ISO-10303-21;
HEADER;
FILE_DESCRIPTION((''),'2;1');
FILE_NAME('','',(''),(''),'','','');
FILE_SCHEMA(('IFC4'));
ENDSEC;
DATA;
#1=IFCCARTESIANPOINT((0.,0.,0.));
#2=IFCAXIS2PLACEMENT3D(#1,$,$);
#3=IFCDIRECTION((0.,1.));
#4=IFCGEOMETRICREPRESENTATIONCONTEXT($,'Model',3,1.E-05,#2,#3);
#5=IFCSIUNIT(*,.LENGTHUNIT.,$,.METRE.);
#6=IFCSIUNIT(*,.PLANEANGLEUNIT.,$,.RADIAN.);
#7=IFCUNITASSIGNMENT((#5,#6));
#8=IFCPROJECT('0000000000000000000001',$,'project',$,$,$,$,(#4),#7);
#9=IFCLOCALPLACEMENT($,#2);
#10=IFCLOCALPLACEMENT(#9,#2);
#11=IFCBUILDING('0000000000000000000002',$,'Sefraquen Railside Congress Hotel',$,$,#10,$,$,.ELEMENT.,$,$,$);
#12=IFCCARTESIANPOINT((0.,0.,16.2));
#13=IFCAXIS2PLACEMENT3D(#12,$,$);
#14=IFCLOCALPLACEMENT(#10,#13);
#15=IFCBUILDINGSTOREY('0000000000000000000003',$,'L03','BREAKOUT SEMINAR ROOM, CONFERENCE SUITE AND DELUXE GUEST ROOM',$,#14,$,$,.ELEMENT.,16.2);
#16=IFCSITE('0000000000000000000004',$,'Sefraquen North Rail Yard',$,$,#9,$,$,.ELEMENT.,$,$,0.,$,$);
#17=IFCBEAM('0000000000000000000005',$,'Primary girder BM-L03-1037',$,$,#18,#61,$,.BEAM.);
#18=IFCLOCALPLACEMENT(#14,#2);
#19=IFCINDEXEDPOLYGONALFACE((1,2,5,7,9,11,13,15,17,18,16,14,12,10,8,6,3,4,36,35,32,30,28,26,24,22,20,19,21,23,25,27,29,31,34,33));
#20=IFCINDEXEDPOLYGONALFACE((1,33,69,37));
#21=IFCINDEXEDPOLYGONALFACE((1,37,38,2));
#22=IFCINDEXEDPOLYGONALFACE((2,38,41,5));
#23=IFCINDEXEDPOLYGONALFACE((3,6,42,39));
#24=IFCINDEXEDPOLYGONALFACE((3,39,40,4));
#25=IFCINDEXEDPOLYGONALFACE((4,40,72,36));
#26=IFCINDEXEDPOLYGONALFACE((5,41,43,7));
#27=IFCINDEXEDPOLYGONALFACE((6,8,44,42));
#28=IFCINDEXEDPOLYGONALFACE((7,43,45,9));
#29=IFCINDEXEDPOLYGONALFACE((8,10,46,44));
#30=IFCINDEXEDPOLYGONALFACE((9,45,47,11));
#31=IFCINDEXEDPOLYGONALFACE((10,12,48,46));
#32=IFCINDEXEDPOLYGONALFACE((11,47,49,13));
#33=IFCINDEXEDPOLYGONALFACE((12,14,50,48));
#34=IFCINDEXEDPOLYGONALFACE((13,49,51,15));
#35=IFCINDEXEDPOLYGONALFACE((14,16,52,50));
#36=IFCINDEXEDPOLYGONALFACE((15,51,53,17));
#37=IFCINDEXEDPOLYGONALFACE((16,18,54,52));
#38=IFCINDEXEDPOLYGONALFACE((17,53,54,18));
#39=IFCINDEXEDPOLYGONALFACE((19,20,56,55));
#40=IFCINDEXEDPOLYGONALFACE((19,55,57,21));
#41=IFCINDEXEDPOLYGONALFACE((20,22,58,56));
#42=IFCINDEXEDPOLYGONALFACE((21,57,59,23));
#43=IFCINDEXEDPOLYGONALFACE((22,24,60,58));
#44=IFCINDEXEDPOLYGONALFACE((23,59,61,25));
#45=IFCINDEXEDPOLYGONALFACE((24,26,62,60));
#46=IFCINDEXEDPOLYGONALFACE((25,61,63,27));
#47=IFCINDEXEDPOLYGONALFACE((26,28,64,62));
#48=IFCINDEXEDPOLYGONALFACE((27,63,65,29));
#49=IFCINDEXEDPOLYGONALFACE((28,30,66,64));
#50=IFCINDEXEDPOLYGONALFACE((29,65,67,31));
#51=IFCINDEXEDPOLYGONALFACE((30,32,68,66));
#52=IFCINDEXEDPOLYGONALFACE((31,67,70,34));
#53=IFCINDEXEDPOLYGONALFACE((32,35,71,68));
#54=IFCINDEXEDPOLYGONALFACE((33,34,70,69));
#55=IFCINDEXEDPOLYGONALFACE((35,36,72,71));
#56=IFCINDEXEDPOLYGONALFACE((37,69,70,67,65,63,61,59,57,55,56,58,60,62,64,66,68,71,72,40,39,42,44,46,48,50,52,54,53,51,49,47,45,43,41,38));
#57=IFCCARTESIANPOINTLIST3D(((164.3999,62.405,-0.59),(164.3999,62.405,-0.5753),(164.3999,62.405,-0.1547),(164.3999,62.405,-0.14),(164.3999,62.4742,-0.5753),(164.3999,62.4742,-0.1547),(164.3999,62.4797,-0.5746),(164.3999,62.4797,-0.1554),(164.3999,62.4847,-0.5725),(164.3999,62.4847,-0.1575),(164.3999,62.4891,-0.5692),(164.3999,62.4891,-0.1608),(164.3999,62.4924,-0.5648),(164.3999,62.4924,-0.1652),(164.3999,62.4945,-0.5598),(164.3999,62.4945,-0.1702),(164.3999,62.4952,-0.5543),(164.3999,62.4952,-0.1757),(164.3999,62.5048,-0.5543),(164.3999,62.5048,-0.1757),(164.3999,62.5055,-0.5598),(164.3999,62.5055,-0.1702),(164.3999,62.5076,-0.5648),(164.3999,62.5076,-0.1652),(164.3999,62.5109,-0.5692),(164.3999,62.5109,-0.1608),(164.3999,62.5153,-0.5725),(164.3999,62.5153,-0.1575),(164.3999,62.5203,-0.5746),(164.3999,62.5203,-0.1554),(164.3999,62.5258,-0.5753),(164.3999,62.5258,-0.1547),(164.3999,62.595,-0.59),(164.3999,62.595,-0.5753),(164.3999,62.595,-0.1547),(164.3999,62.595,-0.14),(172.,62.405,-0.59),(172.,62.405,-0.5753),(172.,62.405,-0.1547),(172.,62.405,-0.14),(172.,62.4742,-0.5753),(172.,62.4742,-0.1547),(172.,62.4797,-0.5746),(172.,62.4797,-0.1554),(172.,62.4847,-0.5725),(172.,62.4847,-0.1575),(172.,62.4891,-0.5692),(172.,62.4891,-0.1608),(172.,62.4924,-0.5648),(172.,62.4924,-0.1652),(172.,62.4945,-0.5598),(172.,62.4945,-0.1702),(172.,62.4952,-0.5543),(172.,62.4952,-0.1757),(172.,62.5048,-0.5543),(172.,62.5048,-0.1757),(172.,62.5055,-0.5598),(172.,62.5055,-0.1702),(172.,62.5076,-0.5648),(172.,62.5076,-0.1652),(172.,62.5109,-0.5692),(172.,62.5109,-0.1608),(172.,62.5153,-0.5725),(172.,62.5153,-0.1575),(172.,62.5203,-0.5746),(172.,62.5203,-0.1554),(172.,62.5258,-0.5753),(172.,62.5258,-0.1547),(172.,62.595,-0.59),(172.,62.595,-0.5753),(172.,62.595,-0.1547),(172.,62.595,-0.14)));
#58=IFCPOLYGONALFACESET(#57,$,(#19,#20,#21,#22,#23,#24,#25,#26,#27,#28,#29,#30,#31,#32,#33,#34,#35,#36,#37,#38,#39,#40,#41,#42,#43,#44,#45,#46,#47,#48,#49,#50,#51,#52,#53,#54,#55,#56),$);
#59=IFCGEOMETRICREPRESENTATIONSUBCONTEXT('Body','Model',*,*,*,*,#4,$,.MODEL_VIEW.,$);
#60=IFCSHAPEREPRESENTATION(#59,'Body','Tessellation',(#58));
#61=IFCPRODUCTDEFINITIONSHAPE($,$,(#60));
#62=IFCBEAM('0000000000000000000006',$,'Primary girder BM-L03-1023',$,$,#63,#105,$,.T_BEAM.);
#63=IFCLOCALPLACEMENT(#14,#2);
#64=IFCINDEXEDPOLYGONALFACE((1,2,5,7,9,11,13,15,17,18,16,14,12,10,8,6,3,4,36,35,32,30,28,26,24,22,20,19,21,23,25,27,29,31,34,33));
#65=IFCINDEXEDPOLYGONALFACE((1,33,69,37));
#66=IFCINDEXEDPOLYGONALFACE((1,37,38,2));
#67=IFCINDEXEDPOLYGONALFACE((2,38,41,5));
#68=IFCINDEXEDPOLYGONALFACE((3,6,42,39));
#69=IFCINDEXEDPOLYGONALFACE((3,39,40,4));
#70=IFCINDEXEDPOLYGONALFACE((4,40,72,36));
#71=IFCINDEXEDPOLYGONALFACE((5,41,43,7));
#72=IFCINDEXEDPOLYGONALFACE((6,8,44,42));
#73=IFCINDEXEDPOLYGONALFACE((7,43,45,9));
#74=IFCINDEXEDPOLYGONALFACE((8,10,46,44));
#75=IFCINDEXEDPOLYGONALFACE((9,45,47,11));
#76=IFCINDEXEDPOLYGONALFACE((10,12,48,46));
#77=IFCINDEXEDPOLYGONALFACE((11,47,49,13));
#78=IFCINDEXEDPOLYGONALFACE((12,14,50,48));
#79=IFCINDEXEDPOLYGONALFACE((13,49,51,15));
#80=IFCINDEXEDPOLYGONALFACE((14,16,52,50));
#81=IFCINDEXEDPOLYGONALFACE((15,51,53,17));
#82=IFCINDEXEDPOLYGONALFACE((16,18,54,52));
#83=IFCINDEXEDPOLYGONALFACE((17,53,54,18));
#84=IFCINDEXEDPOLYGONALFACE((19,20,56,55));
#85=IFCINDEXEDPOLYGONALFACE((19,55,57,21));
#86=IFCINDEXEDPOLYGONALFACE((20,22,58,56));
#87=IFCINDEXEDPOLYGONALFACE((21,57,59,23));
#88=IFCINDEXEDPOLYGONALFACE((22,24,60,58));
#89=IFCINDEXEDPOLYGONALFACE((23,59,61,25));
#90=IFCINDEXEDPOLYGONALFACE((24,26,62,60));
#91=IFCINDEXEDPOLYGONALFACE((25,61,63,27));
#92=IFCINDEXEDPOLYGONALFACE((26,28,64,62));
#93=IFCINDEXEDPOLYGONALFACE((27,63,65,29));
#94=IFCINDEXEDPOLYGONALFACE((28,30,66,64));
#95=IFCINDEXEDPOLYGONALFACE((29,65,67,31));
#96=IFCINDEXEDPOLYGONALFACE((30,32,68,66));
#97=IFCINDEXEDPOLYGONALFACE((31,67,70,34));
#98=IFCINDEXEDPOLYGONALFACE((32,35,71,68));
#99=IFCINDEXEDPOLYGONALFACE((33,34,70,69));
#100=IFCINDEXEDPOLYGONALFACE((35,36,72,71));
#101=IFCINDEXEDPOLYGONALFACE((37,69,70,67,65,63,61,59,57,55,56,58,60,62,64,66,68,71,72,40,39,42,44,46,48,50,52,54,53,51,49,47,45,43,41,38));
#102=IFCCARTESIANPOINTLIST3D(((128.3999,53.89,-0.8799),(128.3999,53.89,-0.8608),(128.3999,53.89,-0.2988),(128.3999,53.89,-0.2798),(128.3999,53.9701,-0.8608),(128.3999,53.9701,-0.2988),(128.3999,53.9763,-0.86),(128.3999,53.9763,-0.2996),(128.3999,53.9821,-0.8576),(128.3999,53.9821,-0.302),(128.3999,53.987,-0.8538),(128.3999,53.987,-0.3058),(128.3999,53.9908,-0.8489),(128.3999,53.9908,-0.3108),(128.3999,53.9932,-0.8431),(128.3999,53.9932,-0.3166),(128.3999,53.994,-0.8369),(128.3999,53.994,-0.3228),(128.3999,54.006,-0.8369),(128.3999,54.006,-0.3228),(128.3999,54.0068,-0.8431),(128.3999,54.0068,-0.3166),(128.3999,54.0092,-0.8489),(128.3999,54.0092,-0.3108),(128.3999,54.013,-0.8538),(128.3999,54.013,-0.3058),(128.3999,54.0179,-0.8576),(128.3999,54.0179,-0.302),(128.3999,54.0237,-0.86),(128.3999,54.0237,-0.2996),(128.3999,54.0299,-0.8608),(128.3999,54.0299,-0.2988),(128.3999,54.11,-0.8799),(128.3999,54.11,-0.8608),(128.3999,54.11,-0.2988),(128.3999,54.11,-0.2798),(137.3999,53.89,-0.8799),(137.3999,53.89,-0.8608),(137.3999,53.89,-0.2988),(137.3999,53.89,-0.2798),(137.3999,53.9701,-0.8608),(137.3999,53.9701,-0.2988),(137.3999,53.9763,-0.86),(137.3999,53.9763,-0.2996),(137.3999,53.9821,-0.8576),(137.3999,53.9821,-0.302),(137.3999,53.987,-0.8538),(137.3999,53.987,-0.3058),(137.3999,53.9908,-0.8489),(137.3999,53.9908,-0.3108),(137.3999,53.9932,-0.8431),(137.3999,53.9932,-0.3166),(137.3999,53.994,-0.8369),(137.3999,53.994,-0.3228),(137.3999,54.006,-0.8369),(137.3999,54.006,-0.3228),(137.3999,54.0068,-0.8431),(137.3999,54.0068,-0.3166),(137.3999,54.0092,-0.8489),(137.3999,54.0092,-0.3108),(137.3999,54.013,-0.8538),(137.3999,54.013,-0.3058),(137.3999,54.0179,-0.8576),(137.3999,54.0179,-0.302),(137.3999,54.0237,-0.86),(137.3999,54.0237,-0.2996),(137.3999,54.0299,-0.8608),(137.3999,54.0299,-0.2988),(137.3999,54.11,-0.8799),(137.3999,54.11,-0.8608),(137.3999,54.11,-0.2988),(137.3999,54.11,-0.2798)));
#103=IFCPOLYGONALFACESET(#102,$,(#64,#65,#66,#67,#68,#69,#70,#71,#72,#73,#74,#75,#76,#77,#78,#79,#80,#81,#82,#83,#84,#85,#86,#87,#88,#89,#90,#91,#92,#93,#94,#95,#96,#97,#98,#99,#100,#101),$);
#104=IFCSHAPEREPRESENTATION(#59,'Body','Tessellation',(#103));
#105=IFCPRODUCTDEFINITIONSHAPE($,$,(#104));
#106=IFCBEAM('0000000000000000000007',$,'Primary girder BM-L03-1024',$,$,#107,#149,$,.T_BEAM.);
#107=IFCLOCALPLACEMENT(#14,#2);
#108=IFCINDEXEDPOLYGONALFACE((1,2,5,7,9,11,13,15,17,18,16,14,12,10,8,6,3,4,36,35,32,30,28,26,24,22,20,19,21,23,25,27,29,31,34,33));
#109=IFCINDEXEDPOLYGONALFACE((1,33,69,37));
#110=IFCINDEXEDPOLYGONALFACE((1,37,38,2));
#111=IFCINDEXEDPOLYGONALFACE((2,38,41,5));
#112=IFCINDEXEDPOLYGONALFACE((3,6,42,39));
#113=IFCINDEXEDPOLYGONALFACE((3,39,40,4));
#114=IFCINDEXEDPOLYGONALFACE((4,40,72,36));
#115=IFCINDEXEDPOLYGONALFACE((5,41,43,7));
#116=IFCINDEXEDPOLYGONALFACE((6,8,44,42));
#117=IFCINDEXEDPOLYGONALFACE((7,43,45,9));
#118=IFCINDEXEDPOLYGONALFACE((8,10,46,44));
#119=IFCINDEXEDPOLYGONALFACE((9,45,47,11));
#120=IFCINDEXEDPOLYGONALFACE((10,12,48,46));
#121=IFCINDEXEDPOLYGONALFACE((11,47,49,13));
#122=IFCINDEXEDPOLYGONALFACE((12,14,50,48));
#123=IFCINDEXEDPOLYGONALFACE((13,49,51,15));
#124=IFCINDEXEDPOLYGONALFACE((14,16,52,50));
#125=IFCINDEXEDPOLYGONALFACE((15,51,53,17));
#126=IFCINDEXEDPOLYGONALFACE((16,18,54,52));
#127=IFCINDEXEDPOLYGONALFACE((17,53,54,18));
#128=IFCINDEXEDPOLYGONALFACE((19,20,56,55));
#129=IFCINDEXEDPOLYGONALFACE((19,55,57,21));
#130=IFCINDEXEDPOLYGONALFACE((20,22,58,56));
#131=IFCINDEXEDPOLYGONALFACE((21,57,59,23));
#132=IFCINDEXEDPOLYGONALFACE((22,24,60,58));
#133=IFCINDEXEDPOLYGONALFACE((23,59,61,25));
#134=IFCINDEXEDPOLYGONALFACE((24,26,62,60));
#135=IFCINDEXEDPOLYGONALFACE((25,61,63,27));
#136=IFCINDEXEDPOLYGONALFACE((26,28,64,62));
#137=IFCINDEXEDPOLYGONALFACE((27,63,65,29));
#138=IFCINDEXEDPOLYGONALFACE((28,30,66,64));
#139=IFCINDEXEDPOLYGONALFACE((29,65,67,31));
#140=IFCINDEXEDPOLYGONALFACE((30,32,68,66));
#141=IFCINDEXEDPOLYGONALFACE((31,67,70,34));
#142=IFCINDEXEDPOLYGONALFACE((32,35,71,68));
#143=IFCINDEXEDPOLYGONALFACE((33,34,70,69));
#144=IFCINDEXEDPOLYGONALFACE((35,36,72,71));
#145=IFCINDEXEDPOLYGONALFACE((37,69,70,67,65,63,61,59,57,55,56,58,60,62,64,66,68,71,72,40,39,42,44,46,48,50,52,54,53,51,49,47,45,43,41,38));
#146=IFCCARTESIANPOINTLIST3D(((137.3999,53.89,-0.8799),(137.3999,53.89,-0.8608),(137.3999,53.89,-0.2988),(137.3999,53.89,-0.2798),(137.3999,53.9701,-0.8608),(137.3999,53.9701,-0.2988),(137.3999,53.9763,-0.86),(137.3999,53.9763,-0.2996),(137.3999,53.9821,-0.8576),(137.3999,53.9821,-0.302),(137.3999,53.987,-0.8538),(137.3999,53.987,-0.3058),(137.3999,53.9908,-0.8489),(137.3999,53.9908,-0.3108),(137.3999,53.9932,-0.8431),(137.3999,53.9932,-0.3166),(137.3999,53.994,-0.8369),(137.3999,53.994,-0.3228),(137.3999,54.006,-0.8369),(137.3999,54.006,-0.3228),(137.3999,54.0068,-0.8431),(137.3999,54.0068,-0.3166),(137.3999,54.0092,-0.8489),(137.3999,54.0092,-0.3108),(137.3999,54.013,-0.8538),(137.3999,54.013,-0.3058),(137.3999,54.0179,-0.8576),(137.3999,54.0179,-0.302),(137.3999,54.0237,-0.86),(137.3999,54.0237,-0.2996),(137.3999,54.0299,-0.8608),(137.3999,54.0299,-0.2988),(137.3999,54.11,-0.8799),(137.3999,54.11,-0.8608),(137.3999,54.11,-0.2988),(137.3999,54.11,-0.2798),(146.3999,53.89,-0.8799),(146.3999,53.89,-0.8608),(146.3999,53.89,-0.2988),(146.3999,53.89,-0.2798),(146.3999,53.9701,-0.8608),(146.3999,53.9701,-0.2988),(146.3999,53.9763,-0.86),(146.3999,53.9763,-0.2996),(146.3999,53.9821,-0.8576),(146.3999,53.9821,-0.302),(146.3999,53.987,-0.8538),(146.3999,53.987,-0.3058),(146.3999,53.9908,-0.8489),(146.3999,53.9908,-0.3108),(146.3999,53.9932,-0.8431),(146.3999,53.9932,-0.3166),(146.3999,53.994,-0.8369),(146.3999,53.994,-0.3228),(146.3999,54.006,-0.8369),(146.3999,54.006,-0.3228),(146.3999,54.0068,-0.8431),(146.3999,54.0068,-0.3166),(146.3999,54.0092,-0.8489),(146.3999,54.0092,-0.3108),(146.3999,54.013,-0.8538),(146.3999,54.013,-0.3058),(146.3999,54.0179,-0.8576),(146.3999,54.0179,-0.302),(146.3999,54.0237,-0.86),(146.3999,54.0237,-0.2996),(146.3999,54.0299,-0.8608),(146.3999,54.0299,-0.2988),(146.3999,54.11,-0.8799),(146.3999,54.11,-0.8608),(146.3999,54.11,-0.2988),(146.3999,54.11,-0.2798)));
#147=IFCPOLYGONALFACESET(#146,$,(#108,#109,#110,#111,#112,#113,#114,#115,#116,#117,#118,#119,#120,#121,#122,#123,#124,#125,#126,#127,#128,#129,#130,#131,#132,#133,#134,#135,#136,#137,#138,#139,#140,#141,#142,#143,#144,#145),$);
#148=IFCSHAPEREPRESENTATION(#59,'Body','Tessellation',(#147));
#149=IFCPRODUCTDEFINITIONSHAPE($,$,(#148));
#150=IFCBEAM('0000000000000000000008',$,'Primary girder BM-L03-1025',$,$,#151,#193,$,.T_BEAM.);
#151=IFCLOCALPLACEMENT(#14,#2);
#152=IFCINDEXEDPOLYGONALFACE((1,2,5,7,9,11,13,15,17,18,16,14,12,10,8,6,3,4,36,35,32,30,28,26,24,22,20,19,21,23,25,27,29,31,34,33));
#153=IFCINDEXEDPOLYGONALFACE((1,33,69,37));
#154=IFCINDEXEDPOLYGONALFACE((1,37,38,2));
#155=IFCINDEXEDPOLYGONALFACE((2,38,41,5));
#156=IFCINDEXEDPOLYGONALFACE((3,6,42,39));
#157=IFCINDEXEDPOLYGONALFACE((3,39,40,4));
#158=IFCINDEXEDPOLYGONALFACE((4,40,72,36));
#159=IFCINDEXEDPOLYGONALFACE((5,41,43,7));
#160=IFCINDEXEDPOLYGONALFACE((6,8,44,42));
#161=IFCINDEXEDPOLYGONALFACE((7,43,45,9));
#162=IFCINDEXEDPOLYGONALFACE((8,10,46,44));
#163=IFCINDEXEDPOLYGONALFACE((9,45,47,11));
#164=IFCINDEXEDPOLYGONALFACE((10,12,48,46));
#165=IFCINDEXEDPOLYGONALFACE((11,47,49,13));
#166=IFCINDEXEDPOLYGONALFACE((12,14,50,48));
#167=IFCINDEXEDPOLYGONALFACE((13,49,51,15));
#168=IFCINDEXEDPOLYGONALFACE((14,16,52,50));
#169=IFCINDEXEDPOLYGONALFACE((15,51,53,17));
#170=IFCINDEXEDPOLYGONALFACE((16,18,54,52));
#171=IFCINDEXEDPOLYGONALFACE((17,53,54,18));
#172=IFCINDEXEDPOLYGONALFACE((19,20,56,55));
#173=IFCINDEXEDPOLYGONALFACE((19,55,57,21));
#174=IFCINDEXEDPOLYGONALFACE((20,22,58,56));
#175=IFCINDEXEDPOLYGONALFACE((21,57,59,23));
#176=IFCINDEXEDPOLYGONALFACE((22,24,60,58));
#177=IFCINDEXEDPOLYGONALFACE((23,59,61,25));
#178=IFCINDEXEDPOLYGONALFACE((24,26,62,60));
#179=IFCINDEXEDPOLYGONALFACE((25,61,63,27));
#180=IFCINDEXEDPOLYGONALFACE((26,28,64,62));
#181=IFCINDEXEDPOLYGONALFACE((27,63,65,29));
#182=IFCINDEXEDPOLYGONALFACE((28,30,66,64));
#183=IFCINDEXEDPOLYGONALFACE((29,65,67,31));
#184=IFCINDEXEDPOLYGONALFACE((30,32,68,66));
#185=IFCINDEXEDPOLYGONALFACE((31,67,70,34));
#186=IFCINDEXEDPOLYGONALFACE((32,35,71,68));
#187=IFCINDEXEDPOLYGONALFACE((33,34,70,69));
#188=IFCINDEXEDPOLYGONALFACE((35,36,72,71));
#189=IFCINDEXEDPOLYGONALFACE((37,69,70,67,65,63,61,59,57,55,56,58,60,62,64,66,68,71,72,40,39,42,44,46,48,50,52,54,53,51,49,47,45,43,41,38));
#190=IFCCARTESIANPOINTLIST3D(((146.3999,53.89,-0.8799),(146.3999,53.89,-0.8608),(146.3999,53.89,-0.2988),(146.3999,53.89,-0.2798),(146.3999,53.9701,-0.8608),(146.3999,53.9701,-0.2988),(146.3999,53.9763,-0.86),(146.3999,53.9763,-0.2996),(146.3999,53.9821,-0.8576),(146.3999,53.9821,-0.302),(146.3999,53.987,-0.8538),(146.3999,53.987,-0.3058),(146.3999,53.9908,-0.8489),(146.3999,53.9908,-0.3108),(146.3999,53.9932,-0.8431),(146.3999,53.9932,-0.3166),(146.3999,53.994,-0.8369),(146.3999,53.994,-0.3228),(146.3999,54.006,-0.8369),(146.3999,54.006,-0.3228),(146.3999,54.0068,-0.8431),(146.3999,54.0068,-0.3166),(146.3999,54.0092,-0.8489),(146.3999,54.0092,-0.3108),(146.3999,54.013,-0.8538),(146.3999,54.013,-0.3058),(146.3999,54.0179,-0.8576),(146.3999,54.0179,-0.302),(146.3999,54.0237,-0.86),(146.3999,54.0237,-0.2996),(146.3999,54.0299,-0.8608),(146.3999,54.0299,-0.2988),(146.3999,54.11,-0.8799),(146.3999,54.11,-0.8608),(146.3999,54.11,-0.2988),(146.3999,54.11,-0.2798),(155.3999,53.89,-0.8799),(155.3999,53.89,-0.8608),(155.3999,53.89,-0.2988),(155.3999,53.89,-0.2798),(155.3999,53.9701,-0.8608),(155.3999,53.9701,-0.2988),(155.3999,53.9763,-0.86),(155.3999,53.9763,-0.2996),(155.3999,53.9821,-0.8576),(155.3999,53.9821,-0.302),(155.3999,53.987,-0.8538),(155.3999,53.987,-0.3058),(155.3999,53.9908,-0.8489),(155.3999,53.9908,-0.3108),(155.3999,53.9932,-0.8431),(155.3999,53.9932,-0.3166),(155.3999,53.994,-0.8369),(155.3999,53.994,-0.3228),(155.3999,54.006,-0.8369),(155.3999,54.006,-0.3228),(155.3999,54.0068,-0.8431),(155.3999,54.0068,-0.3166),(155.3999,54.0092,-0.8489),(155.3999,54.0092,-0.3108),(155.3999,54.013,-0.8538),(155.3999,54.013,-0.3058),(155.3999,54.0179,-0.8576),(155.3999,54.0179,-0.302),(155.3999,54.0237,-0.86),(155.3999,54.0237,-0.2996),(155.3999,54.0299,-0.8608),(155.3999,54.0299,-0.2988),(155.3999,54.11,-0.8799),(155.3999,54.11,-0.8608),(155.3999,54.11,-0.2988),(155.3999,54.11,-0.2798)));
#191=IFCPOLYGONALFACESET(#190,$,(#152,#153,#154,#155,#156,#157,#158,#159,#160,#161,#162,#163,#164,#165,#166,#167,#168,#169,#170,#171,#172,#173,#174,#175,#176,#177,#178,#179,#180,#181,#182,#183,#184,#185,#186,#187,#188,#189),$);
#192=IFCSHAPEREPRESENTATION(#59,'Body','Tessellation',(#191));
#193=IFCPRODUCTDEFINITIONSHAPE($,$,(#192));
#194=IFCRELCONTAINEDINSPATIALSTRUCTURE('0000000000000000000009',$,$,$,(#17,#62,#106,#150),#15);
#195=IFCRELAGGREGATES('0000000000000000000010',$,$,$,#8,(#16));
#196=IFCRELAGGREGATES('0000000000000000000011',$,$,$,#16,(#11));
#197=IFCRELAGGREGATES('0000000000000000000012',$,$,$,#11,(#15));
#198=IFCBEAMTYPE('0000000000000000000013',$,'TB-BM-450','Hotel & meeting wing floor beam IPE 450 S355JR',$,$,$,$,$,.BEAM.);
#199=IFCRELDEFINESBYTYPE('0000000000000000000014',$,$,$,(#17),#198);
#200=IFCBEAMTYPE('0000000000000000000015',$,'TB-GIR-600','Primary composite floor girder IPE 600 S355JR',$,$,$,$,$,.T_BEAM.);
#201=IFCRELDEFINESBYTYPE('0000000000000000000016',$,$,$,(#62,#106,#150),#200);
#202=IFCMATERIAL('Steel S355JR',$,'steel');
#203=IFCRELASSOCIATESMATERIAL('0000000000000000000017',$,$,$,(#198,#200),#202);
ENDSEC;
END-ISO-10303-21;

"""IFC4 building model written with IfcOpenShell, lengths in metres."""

from ifc_helpers import new_model, si_unit, direction, frame, origin, origin_2d, place, context, subcontext, project, spatial, i_section, extrude, material, material_profile, profile_set, type_object, element, save


model = new_model("IFC4")

# Units and contexts
model_context = context("Model", 3, precision=1e-05, world=origin(), true_north=direction((0.0, 1.0)))
body_context = subcontext(model_context, "Body", "Model", "MODEL_VIEW")
ifc_project = project(units=[si_unit("LENGTHUNIT", "METRE"), si_unit("PLANEANGLEUNIT", "RADIAN")], contexts=[model_context])

# Site, building, storey
site_placement = place(None, origin())
site = spatial("IfcSite", under=ifc_project, at=site_placement, Name="Sefraquen North Rail Yard", CompositionType="ELEMENT", RefElevation=0.0)
building_placement = place(site_placement, origin())
building = spatial("IfcBuilding", under=site, at=building_placement, Name="Sefraquen Railside Congress Hotel", CompositionType="ELEMENT")
storey_placement = place(building_placement, frame((0.0, 0.0, 16.2)))
storey = spatial("IfcBuildingStorey", under=building, at=storey_placement, Name="L03", Description="BREAKOUT SEMINAR ROOM, CONFERENCE SUITE AND DELUXE GUEST ROOM", CompositionType="ELEMENT", Elevation=16.2)

# Shared definitions
ifc_material_1 = material(Name="Steel S355JR", Category="steel")

# Beams
ifc_material_profile_1 = material_profile(ifc_material_1, i_section(OverallWidth=0.1899, OverallDepth=0.45, WebThickness=0.0095, FlangeThickness=0.0146, FilletRadius=0.021, at=origin_2d()), Name="IPE 450")
ifc_profile_set_1 = profile_set([ifc_material_profile_1], Name="Steel S355JR")
beam_type_1 = type_object("IfcBeamType", Name="TB-BM-450", Description="Hotel & meeting wing floor beam IPE 450 S355JR", PredefinedType="BEAM", material=ifc_profile_set_1)
for number, where, z_axis, x_axis, name in (
    (1, (164.3999, 62.5, -0.365), (1.0, 0.0, 0.0), (0.0, 1.0, 0.0), "Primary girder BM-L03-1037"),
):
    element("IfcBeam", number, at=place(storey_placement, frame(where, z_axis=z_axis, x_axis=x_axis)), inside=storey, type_object=beam_type_1, Name=name, PredefinedType="BEAM", context=body_context, shape_type="SweptSolid", body=[
        extrude(i_section(OverallWidth=0.1899, OverallDepth=0.45, WebThickness=0.0095, FlangeThickness=0.0146, FilletRadius=0.021, at=origin_2d()), origin(), (0.0, 0.0, 1.0), 7.6001),
    ])
ifc_material_profile_2 = material_profile(ifc_material_1, i_section(OverallWidth=0.22, OverallDepth=0.6001, WebThickness=0.012, FlangeThickness=0.019, FilletRadius=0.0239, at=origin_2d()), Name="IPE 600")
ifc_profile_set_2 = profile_set([ifc_material_profile_2], Name="Steel S355JR")
beam_type_2 = type_object("IfcBeamType", Name="TB-GIR-600", Description="Primary composite floor girder IPE 600 S355JR", PredefinedType="T_BEAM", material=ifc_profile_set_2)
for number, where, z_axis, x_axis, name in (
    (2, (128.3999, 54.0, -0.5798), (1.0, 0.0, 0.0), (0.0, 1.0, 0.0), "Primary girder BM-L03-1023"),
    (3, (137.3999, 54.0, -0.5798), (1.0, 0.0, 0.0), (0.0, 1.0, 0.0), "Primary girder BM-L03-1024"),
    (4, (146.3999, 54.0, -0.5798), (1.0, 0.0, 0.0), (0.0, 1.0, 0.0), "Primary girder BM-L03-1025"),
):
    element("IfcBeam", number, at=place(storey_placement, frame(where, z_axis=z_axis, x_axis=x_axis)), inside=storey, type_object=beam_type_2, Name=name, PredefinedType="T_BEAM", context=body_context, shape_type="SweptSolid", body=[
        extrude(i_section(OverallWidth=0.22, OverallDepth=0.6001, WebThickness=0.012, FlangeThickness=0.019, FilletRadius=0.0239, at=origin_2d()), origin(), (0.0, 0.0, 1.0), 9.0),
    ])

save(model, "model.ifc")
